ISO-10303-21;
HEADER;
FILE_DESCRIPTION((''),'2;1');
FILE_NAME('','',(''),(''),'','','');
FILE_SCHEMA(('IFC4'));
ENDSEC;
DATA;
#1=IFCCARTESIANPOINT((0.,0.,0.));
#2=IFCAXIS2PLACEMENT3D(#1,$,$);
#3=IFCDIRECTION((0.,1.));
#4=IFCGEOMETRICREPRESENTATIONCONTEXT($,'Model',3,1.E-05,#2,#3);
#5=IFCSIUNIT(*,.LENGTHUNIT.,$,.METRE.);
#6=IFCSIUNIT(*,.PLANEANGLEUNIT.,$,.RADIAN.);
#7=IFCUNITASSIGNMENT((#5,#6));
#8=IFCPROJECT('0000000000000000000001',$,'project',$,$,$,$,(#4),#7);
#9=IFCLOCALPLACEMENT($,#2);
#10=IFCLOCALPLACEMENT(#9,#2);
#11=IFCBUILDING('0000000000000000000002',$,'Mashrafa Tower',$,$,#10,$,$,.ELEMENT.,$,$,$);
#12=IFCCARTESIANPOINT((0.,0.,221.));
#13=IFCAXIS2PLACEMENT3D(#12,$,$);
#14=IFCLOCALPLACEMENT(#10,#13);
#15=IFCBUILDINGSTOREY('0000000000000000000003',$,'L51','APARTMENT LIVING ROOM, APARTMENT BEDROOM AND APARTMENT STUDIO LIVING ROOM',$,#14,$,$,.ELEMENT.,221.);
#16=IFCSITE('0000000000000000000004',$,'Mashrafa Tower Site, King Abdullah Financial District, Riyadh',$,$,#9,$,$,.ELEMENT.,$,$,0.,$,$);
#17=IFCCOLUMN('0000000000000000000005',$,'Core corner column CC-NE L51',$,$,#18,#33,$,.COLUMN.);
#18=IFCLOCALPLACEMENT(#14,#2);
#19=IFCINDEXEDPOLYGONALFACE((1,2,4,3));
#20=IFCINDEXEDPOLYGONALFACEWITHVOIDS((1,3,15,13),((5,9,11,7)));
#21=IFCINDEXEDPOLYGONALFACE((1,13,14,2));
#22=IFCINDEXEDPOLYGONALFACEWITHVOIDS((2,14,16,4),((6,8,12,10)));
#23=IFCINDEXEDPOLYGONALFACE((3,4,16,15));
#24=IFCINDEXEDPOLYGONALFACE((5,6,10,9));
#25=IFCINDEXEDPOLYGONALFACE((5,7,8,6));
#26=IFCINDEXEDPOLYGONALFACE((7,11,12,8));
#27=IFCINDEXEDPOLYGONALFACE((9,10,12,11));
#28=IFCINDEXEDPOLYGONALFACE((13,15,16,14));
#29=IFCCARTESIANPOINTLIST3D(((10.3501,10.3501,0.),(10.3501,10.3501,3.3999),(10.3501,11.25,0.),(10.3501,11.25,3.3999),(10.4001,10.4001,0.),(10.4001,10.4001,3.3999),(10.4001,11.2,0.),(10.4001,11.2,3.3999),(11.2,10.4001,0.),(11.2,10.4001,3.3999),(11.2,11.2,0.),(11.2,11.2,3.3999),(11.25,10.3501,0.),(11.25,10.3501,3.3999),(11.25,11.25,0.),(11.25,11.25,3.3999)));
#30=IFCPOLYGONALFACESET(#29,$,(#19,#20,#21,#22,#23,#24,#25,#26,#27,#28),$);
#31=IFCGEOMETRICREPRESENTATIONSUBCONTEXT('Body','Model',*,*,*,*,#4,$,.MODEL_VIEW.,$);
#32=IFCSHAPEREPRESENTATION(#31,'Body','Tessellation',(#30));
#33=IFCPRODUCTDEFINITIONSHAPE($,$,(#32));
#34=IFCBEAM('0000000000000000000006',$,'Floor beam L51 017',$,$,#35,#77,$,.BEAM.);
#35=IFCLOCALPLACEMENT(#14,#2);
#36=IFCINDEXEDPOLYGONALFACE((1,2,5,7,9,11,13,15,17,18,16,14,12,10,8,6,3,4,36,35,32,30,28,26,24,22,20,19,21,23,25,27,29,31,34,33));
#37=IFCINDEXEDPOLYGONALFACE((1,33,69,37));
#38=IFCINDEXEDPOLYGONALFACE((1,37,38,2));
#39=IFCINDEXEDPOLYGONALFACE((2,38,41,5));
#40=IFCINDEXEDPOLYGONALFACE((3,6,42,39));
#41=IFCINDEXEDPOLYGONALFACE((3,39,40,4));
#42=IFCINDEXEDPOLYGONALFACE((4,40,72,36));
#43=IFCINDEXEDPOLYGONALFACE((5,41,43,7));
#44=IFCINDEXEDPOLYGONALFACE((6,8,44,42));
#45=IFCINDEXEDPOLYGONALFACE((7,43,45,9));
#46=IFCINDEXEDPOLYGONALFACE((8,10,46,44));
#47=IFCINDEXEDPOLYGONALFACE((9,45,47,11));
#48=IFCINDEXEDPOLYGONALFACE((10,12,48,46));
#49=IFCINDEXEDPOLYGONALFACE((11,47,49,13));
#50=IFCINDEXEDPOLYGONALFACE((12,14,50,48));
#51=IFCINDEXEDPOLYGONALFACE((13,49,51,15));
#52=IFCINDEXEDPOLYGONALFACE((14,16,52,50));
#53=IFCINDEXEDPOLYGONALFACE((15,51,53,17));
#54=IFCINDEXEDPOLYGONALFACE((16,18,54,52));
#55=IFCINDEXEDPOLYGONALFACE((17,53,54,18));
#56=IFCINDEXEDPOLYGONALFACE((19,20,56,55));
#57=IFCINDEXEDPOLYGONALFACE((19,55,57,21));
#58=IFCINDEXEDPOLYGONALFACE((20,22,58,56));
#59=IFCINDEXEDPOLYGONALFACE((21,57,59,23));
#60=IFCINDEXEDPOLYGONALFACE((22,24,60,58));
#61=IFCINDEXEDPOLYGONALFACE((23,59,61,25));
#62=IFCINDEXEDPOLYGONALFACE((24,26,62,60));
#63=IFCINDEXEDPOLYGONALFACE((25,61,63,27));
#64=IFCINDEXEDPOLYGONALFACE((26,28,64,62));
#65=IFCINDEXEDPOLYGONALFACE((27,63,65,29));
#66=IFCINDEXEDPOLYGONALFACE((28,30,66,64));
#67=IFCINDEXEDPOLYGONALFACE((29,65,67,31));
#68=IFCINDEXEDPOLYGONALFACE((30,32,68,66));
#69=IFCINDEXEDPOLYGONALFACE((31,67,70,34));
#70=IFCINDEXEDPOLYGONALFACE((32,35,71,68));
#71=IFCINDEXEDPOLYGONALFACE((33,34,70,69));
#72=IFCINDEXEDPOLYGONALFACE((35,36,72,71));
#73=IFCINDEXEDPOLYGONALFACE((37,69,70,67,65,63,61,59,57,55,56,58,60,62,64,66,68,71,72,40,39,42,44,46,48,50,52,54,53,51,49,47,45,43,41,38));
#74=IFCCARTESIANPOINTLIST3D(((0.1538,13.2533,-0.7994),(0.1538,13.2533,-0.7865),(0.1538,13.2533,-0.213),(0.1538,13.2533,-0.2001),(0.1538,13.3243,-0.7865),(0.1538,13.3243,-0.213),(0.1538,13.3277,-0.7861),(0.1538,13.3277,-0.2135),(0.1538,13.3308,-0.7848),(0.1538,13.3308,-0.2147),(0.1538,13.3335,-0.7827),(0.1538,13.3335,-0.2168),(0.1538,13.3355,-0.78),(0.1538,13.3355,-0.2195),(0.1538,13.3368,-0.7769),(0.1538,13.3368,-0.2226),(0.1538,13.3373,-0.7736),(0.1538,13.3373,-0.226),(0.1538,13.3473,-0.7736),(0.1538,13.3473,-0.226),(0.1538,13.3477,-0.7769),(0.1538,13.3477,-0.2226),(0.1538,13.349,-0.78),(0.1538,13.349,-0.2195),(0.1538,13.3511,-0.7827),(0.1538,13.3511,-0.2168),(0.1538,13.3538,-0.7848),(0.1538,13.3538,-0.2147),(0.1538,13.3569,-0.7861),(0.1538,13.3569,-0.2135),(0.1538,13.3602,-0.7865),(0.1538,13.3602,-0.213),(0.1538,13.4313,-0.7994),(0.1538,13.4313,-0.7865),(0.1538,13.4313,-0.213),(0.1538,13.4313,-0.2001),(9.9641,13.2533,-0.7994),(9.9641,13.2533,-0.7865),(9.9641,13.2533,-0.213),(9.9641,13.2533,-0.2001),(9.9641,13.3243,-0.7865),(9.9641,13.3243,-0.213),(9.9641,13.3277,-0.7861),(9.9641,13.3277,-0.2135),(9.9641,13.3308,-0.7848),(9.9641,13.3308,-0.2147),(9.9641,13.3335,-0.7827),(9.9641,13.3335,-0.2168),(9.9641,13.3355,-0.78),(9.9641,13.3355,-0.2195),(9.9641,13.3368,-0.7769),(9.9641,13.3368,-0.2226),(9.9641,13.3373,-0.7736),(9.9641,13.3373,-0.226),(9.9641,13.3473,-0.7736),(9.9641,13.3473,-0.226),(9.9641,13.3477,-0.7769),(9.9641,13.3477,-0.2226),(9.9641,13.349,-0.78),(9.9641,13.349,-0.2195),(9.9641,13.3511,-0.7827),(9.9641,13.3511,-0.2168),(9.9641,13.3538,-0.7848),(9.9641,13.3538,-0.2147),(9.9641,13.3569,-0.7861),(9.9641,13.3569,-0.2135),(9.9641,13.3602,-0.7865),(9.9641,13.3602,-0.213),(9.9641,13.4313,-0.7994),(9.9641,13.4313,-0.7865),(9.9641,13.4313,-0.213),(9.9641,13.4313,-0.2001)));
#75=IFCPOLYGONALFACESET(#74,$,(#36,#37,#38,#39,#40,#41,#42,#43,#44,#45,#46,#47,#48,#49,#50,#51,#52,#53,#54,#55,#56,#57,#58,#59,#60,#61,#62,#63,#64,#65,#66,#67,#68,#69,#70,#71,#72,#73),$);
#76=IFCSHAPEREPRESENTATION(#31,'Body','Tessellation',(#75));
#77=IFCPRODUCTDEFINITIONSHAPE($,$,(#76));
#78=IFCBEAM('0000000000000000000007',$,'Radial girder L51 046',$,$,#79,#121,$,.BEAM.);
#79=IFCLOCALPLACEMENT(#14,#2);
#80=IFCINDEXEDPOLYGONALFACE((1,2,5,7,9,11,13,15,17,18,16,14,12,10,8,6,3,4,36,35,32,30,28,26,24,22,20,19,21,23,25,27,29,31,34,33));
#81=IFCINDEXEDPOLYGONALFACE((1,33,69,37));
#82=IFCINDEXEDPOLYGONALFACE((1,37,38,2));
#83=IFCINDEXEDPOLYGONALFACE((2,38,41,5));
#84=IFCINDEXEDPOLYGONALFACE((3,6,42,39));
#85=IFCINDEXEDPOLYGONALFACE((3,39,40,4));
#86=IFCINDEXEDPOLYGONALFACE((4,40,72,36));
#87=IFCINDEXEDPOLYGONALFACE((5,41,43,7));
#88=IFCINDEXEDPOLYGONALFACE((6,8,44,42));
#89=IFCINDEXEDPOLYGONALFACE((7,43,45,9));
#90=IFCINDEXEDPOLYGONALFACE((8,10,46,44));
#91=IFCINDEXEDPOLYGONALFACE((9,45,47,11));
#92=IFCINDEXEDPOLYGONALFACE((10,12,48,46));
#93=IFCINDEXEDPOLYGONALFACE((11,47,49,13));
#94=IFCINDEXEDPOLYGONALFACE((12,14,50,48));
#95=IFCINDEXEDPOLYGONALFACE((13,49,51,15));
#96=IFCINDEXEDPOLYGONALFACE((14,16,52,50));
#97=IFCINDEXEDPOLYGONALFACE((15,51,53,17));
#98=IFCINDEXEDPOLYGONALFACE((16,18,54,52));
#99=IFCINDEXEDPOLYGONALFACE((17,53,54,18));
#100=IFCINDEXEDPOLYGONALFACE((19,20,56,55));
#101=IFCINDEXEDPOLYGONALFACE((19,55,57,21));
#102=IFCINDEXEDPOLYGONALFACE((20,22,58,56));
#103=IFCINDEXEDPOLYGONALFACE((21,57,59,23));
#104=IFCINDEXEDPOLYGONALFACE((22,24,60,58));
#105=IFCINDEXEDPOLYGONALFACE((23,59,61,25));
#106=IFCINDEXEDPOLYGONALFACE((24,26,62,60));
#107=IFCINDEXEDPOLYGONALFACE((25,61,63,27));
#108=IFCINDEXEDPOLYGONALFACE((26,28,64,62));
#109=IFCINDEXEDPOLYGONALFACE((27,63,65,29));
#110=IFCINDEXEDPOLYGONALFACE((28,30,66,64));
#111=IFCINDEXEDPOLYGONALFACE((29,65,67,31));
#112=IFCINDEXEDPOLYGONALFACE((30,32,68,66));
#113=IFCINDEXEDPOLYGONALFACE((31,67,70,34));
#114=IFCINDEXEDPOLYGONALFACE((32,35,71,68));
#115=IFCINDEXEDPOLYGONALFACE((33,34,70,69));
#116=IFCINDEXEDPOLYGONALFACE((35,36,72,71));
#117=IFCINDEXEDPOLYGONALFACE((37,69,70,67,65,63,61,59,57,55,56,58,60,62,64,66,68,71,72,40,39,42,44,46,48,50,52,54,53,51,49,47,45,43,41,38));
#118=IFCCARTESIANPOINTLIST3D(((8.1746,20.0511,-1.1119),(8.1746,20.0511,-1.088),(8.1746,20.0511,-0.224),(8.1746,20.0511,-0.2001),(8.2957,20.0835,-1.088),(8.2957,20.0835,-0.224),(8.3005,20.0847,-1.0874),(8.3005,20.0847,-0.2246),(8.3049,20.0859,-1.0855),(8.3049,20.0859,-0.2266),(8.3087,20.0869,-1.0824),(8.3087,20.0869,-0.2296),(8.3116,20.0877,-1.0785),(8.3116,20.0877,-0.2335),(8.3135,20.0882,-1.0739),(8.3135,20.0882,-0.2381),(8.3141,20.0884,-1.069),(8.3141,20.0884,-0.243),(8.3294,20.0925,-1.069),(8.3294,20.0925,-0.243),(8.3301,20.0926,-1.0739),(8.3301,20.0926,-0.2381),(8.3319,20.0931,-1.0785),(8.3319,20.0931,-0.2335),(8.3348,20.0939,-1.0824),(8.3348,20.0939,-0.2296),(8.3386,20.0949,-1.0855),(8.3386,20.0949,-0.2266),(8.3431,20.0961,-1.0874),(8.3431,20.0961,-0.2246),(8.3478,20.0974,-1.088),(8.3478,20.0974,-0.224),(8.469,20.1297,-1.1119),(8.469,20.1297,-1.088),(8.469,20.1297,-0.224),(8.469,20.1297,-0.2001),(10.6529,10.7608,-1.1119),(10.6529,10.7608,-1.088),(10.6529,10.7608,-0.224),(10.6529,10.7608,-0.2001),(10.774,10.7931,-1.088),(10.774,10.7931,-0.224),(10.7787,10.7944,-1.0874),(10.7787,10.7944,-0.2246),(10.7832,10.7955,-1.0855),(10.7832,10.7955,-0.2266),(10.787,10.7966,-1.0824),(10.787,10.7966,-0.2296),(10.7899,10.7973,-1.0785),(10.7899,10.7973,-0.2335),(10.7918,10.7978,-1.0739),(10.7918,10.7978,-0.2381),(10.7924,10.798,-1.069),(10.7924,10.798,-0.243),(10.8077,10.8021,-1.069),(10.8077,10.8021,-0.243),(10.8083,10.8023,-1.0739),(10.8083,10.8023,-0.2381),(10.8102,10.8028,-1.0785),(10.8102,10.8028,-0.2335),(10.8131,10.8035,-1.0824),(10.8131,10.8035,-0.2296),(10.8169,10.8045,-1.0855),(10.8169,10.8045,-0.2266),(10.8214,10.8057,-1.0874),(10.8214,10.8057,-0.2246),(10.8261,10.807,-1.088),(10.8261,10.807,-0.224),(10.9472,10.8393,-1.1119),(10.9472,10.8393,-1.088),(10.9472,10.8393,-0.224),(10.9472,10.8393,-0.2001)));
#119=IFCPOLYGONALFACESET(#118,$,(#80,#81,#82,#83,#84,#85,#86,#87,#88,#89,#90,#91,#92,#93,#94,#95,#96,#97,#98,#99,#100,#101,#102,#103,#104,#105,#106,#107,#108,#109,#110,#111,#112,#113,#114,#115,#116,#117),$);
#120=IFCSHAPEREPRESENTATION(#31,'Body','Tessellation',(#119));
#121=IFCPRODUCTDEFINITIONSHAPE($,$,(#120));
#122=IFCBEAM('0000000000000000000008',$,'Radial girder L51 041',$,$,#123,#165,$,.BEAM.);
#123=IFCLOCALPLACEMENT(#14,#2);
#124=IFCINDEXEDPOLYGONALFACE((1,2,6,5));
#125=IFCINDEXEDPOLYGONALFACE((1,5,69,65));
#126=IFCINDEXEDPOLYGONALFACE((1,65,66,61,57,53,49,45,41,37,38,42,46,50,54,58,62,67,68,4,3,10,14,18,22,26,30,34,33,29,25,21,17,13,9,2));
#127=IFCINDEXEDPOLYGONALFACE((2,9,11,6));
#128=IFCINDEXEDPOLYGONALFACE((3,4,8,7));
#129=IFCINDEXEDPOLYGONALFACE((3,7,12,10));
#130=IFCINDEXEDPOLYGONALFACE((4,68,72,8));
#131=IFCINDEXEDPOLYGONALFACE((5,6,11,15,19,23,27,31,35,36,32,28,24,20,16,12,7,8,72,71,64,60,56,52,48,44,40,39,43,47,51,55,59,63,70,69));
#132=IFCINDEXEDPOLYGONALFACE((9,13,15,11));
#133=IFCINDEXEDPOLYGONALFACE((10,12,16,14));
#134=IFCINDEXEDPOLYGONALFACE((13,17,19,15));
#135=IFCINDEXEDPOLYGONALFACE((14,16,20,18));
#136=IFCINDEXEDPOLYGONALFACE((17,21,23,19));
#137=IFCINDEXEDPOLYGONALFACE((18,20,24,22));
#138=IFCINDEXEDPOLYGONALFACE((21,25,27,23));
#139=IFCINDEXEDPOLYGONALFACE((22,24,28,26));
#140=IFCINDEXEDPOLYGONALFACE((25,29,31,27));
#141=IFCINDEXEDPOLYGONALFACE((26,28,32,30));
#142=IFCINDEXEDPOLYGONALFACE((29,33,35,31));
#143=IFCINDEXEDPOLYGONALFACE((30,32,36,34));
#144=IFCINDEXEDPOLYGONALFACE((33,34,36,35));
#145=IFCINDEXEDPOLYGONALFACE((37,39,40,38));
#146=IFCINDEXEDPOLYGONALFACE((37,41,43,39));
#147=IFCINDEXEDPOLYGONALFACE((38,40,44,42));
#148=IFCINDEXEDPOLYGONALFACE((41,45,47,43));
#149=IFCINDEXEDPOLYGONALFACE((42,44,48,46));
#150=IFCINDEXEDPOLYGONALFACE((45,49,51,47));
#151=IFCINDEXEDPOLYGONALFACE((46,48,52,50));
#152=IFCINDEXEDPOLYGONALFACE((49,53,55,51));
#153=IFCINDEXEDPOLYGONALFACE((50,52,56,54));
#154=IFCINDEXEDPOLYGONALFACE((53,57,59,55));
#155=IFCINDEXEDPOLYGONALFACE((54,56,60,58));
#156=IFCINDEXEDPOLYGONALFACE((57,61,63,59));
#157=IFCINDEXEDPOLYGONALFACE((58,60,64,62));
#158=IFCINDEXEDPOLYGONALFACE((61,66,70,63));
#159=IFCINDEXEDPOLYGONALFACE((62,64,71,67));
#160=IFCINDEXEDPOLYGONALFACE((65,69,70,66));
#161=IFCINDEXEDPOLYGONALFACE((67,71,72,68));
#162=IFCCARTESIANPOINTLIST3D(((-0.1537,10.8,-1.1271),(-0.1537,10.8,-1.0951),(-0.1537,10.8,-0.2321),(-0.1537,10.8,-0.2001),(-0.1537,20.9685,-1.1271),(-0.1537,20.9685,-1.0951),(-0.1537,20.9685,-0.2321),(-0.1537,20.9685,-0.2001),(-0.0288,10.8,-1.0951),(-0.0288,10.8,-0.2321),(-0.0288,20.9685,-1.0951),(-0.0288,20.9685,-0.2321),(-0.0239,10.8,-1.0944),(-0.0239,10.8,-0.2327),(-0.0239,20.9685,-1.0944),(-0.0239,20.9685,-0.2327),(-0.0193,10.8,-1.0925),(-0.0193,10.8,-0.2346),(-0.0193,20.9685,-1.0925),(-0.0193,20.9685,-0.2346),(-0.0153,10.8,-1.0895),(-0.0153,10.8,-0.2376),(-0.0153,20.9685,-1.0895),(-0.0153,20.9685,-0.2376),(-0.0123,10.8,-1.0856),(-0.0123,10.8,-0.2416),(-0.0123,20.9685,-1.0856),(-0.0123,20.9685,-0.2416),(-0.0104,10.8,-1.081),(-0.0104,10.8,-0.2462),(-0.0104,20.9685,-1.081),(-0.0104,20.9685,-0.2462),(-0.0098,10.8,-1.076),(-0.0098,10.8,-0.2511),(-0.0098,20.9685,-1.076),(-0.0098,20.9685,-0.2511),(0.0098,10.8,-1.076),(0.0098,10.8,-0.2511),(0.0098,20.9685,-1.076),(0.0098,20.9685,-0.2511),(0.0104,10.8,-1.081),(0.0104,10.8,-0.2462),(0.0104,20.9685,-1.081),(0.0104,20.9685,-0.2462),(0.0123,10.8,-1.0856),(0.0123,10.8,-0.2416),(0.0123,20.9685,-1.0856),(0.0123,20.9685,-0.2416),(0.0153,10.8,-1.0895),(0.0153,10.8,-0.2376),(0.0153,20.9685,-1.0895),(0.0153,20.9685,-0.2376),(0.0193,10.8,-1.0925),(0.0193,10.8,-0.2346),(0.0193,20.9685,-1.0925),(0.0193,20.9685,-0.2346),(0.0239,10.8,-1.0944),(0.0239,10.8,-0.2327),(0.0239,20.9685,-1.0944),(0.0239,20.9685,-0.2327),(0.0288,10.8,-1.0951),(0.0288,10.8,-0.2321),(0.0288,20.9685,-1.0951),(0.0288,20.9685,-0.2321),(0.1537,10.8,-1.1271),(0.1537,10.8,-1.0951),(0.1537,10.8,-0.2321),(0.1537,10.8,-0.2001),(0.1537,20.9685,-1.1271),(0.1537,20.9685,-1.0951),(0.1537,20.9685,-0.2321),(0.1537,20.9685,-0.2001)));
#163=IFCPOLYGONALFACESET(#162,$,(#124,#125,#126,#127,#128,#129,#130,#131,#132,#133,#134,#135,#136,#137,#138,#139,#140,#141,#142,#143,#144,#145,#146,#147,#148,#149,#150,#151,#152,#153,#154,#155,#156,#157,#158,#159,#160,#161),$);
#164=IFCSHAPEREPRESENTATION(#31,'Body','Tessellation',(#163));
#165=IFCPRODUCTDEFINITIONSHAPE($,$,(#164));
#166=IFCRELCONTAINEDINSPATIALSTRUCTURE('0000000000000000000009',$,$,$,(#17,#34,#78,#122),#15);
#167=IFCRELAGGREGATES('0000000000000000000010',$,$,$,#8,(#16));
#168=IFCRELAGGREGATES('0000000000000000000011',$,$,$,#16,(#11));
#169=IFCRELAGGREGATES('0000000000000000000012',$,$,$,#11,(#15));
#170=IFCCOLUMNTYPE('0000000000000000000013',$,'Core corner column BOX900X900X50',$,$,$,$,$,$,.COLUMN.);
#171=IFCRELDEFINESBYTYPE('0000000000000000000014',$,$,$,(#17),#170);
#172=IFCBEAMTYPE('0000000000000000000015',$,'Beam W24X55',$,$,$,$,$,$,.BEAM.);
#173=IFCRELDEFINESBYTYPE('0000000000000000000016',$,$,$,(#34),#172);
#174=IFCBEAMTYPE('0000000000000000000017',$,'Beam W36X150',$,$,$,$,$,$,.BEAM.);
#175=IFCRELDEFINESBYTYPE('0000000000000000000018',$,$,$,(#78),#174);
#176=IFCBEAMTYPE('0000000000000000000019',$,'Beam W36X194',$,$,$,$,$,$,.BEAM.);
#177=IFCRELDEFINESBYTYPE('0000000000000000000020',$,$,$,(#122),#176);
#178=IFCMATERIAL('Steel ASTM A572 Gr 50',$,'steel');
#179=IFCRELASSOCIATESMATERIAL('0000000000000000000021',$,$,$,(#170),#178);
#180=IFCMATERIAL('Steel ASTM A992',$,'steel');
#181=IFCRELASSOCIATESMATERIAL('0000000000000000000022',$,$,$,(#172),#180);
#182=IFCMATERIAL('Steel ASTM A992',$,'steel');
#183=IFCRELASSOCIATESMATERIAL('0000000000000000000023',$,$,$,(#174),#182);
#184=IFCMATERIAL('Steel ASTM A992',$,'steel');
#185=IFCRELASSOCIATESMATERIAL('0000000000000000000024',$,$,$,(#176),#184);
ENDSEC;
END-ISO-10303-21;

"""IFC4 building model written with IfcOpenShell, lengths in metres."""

from ifc_helpers import new_model, si_unit, direction, frame, origin, origin_2d, place, context, subcontext, project, spatial, hollow_rectangle, i_section, extrude, material, material_profile, profile_set, type_object, element, save


model = new_model("IFC4")

# Units and contexts
model_context = context("Model", 3, precision=1e-05, world=origin(), true_north=direction((0.0, 1.0)))
body_context = subcontext(model_context, "Body", "Model", "MODEL_VIEW")
ifc_project = project(units=[si_unit("LENGTHUNIT", "METRE"), si_unit("PLANEANGLEUNIT", "RADIAN")], contexts=[model_context])

# Site, building, storey
site_placement = place(None, origin())
site = spatial("IfcSite", under=ifc_project, at=site_placement, Name="Mashrafa Tower Site, King Abdullah Financial District, Riyadh", CompositionType="ELEMENT", RefElevation=0.0)
building_placement = place(site_placement, origin())
building = spatial("IfcBuilding", under=site, at=building_placement, Name="Mashrafa Tower", CompositionType="ELEMENT")
storey_placement = place(building_placement, frame((0.0, 0.0, 221.0)))
storey = spatial("IfcBuildingStorey", under=building, at=storey_placement, Name="L51", Description="APARTMENT LIVING ROOM, APARTMENT BEDROOM AND APARTMENT STUDIO LIVING ROOM", CompositionType="ELEMENT", Elevation=221.0)

# Column
ifc_material_1 = material(Name="Steel ASTM A572 Gr 50", Category="steel")
ifc_material_profile_1 = material_profile(ifc_material_1, hollow_rectangle(XDim=0.8999, YDim=0.8999, WallThickness=0.05, at=origin_2d()), Name="BOX900X900X50")
ifc_profile_set_1 = profile_set([ifc_material_profile_1], Name="Steel ASTM A572 Gr 50")
column_type = type_object("IfcColumnType", Name="Core corner column BOX900X900X50", PredefinedType="COLUMN", material=ifc_profile_set_1)
column_placement = place(storey_placement, frame((10.8, 10.8, 0.0), z_axis=(0.0, 0.0, 1.0), x_axis=(1.0, 0.0, 0.0)))
element("IfcColumn", 1, at=column_placement, inside=storey, type_object=column_type, Name="Core corner column CC-NE L51", PredefinedType="COLUMN", context=body_context, shape_type="SweptSolid", body=[
    extrude(hollow_rectangle(XDim=0.8999, YDim=0.8999, WallThickness=0.05, at=origin_2d()), origin(), (0.0, 0.0, 1.0), 3.3999),
])

# Beams
ifc_material_2 = material(Name="Steel ASTM A992", Category="steel")
ifc_material_profile_2 = material_profile(ifc_material_2, i_section(OverallWidth=0.178, OverallDepth=0.5994, WebThickness=0.01, FlangeThickness=0.0129, FilletRadius=0.0129, at=origin_2d()), Name="W24X55")
ifc_profile_set_2 = profile_set([ifc_material_profile_2], Name="Steel ASTM A992")
beam_type_1 = type_object("IfcBeamType", Name="Beam W24X55", PredefinedType="BEAM", material=ifc_profile_set_2)
beam_1_placement = place(storey_placement, frame((0.1538, 13.3423, -0.4998), z_axis=(1.0, 0.0, 0.0), x_axis=(0.0, 1.0, 0.0)))
element("IfcBeam", 2, at=beam_1_placement, inside=storey, type_object=beam_type_1, Name="Floor beam L51 017", PredefinedType="BEAM", context=body_context, shape_type="SweptSolid", body=[
    extrude(i_section(OverallWidth=0.178, OverallDepth=0.5994, WebThickness=0.01, FlangeThickness=0.0129, FilletRadius=0.0129, at=origin_2d()), origin(), (0.0, 0.0, 1.0), 9.8103),
])
ifc_material_3 = material(Name="Steel ASTM A992", Category="steel")
ifc_material_profile_3 = material_profile(ifc_material_3, i_section(OverallWidth=0.3047, OverallDepth=0.9119, WebThickness=0.0159, FlangeThickness=0.0239, FilletRadius=0.019, at=origin_2d()), Name="W36X150")
ifc_profile_set_3 = profile_set([ifc_material_profile_3], Name="Steel ASTM A992")
beam_type_2 = type_object("IfcBeamType", Name="Beam W36X150", PredefinedType="BEAM", material=ifc_profile_set_3)
beam_2_placement = place(storey_placement, frame((10.8, 10.8, -0.656), z_axis=(-0.257746, 0.966213, 0.0), x_axis=(-0.966213, -0.257746, 0.0)))
element("IfcBeam", 3, at=beam_2_placement, inside=storey, type_object=beam_type_2, Name="Radial girder L51 046", PredefinedType="BEAM", context=body_context, shape_type="SweptSolid", body=[
    extrude(i_section(OverallWidth=0.3047, OverallDepth=0.9119, WebThickness=0.0159, FlangeThickness=0.0239, FilletRadius=0.019, at=origin_2d()), origin(), (0.0, 0.0, 1.0), 9.6152),
])
ifc_material_4 = material(Name="Steel ASTM A992", Category="steel")
ifc_material_profile_4 = material_profile(ifc_material_4, i_section(OverallWidth=0.3074, OverallDepth=0.927, WebThickness=0.0195, FlangeThickness=0.032, FilletRadius=0.019, at=origin_2d()), Name="W36X194")
ifc_profile_set_4 = profile_set([ifc_material_profile_4], Name="Steel ASTM A992")
beam_type_3 = type_object("IfcBeamType", Name="Beam W36X194", PredefinedType="BEAM", material=ifc_profile_set_4)
for number, where, z_axis, x_axis, name in (
    (4, (0.0, 10.8, -0.6636), (0.0, 1.0, 0.0), (-1.0, 0.0, 0.0), "Radial girder L51 041"),
):
    element("IfcBeam", number, at=place(storey_placement, frame(where, z_axis=z_axis, x_axis=x_axis)), inside=storey, type_object=beam_type_3, Name=name, PredefinedType="BEAM", context=body_context, shape_type="SweptSolid", body=[
        extrude(i_section(OverallWidth=0.3074, OverallDepth=0.927, WebThickness=0.0195, FlangeThickness=0.032, FilletRadius=0.019, at=origin_2d()), origin(), (0.0, 0.0, 1.0), 10.1685),
    ])

save(model, "model.ifc")
